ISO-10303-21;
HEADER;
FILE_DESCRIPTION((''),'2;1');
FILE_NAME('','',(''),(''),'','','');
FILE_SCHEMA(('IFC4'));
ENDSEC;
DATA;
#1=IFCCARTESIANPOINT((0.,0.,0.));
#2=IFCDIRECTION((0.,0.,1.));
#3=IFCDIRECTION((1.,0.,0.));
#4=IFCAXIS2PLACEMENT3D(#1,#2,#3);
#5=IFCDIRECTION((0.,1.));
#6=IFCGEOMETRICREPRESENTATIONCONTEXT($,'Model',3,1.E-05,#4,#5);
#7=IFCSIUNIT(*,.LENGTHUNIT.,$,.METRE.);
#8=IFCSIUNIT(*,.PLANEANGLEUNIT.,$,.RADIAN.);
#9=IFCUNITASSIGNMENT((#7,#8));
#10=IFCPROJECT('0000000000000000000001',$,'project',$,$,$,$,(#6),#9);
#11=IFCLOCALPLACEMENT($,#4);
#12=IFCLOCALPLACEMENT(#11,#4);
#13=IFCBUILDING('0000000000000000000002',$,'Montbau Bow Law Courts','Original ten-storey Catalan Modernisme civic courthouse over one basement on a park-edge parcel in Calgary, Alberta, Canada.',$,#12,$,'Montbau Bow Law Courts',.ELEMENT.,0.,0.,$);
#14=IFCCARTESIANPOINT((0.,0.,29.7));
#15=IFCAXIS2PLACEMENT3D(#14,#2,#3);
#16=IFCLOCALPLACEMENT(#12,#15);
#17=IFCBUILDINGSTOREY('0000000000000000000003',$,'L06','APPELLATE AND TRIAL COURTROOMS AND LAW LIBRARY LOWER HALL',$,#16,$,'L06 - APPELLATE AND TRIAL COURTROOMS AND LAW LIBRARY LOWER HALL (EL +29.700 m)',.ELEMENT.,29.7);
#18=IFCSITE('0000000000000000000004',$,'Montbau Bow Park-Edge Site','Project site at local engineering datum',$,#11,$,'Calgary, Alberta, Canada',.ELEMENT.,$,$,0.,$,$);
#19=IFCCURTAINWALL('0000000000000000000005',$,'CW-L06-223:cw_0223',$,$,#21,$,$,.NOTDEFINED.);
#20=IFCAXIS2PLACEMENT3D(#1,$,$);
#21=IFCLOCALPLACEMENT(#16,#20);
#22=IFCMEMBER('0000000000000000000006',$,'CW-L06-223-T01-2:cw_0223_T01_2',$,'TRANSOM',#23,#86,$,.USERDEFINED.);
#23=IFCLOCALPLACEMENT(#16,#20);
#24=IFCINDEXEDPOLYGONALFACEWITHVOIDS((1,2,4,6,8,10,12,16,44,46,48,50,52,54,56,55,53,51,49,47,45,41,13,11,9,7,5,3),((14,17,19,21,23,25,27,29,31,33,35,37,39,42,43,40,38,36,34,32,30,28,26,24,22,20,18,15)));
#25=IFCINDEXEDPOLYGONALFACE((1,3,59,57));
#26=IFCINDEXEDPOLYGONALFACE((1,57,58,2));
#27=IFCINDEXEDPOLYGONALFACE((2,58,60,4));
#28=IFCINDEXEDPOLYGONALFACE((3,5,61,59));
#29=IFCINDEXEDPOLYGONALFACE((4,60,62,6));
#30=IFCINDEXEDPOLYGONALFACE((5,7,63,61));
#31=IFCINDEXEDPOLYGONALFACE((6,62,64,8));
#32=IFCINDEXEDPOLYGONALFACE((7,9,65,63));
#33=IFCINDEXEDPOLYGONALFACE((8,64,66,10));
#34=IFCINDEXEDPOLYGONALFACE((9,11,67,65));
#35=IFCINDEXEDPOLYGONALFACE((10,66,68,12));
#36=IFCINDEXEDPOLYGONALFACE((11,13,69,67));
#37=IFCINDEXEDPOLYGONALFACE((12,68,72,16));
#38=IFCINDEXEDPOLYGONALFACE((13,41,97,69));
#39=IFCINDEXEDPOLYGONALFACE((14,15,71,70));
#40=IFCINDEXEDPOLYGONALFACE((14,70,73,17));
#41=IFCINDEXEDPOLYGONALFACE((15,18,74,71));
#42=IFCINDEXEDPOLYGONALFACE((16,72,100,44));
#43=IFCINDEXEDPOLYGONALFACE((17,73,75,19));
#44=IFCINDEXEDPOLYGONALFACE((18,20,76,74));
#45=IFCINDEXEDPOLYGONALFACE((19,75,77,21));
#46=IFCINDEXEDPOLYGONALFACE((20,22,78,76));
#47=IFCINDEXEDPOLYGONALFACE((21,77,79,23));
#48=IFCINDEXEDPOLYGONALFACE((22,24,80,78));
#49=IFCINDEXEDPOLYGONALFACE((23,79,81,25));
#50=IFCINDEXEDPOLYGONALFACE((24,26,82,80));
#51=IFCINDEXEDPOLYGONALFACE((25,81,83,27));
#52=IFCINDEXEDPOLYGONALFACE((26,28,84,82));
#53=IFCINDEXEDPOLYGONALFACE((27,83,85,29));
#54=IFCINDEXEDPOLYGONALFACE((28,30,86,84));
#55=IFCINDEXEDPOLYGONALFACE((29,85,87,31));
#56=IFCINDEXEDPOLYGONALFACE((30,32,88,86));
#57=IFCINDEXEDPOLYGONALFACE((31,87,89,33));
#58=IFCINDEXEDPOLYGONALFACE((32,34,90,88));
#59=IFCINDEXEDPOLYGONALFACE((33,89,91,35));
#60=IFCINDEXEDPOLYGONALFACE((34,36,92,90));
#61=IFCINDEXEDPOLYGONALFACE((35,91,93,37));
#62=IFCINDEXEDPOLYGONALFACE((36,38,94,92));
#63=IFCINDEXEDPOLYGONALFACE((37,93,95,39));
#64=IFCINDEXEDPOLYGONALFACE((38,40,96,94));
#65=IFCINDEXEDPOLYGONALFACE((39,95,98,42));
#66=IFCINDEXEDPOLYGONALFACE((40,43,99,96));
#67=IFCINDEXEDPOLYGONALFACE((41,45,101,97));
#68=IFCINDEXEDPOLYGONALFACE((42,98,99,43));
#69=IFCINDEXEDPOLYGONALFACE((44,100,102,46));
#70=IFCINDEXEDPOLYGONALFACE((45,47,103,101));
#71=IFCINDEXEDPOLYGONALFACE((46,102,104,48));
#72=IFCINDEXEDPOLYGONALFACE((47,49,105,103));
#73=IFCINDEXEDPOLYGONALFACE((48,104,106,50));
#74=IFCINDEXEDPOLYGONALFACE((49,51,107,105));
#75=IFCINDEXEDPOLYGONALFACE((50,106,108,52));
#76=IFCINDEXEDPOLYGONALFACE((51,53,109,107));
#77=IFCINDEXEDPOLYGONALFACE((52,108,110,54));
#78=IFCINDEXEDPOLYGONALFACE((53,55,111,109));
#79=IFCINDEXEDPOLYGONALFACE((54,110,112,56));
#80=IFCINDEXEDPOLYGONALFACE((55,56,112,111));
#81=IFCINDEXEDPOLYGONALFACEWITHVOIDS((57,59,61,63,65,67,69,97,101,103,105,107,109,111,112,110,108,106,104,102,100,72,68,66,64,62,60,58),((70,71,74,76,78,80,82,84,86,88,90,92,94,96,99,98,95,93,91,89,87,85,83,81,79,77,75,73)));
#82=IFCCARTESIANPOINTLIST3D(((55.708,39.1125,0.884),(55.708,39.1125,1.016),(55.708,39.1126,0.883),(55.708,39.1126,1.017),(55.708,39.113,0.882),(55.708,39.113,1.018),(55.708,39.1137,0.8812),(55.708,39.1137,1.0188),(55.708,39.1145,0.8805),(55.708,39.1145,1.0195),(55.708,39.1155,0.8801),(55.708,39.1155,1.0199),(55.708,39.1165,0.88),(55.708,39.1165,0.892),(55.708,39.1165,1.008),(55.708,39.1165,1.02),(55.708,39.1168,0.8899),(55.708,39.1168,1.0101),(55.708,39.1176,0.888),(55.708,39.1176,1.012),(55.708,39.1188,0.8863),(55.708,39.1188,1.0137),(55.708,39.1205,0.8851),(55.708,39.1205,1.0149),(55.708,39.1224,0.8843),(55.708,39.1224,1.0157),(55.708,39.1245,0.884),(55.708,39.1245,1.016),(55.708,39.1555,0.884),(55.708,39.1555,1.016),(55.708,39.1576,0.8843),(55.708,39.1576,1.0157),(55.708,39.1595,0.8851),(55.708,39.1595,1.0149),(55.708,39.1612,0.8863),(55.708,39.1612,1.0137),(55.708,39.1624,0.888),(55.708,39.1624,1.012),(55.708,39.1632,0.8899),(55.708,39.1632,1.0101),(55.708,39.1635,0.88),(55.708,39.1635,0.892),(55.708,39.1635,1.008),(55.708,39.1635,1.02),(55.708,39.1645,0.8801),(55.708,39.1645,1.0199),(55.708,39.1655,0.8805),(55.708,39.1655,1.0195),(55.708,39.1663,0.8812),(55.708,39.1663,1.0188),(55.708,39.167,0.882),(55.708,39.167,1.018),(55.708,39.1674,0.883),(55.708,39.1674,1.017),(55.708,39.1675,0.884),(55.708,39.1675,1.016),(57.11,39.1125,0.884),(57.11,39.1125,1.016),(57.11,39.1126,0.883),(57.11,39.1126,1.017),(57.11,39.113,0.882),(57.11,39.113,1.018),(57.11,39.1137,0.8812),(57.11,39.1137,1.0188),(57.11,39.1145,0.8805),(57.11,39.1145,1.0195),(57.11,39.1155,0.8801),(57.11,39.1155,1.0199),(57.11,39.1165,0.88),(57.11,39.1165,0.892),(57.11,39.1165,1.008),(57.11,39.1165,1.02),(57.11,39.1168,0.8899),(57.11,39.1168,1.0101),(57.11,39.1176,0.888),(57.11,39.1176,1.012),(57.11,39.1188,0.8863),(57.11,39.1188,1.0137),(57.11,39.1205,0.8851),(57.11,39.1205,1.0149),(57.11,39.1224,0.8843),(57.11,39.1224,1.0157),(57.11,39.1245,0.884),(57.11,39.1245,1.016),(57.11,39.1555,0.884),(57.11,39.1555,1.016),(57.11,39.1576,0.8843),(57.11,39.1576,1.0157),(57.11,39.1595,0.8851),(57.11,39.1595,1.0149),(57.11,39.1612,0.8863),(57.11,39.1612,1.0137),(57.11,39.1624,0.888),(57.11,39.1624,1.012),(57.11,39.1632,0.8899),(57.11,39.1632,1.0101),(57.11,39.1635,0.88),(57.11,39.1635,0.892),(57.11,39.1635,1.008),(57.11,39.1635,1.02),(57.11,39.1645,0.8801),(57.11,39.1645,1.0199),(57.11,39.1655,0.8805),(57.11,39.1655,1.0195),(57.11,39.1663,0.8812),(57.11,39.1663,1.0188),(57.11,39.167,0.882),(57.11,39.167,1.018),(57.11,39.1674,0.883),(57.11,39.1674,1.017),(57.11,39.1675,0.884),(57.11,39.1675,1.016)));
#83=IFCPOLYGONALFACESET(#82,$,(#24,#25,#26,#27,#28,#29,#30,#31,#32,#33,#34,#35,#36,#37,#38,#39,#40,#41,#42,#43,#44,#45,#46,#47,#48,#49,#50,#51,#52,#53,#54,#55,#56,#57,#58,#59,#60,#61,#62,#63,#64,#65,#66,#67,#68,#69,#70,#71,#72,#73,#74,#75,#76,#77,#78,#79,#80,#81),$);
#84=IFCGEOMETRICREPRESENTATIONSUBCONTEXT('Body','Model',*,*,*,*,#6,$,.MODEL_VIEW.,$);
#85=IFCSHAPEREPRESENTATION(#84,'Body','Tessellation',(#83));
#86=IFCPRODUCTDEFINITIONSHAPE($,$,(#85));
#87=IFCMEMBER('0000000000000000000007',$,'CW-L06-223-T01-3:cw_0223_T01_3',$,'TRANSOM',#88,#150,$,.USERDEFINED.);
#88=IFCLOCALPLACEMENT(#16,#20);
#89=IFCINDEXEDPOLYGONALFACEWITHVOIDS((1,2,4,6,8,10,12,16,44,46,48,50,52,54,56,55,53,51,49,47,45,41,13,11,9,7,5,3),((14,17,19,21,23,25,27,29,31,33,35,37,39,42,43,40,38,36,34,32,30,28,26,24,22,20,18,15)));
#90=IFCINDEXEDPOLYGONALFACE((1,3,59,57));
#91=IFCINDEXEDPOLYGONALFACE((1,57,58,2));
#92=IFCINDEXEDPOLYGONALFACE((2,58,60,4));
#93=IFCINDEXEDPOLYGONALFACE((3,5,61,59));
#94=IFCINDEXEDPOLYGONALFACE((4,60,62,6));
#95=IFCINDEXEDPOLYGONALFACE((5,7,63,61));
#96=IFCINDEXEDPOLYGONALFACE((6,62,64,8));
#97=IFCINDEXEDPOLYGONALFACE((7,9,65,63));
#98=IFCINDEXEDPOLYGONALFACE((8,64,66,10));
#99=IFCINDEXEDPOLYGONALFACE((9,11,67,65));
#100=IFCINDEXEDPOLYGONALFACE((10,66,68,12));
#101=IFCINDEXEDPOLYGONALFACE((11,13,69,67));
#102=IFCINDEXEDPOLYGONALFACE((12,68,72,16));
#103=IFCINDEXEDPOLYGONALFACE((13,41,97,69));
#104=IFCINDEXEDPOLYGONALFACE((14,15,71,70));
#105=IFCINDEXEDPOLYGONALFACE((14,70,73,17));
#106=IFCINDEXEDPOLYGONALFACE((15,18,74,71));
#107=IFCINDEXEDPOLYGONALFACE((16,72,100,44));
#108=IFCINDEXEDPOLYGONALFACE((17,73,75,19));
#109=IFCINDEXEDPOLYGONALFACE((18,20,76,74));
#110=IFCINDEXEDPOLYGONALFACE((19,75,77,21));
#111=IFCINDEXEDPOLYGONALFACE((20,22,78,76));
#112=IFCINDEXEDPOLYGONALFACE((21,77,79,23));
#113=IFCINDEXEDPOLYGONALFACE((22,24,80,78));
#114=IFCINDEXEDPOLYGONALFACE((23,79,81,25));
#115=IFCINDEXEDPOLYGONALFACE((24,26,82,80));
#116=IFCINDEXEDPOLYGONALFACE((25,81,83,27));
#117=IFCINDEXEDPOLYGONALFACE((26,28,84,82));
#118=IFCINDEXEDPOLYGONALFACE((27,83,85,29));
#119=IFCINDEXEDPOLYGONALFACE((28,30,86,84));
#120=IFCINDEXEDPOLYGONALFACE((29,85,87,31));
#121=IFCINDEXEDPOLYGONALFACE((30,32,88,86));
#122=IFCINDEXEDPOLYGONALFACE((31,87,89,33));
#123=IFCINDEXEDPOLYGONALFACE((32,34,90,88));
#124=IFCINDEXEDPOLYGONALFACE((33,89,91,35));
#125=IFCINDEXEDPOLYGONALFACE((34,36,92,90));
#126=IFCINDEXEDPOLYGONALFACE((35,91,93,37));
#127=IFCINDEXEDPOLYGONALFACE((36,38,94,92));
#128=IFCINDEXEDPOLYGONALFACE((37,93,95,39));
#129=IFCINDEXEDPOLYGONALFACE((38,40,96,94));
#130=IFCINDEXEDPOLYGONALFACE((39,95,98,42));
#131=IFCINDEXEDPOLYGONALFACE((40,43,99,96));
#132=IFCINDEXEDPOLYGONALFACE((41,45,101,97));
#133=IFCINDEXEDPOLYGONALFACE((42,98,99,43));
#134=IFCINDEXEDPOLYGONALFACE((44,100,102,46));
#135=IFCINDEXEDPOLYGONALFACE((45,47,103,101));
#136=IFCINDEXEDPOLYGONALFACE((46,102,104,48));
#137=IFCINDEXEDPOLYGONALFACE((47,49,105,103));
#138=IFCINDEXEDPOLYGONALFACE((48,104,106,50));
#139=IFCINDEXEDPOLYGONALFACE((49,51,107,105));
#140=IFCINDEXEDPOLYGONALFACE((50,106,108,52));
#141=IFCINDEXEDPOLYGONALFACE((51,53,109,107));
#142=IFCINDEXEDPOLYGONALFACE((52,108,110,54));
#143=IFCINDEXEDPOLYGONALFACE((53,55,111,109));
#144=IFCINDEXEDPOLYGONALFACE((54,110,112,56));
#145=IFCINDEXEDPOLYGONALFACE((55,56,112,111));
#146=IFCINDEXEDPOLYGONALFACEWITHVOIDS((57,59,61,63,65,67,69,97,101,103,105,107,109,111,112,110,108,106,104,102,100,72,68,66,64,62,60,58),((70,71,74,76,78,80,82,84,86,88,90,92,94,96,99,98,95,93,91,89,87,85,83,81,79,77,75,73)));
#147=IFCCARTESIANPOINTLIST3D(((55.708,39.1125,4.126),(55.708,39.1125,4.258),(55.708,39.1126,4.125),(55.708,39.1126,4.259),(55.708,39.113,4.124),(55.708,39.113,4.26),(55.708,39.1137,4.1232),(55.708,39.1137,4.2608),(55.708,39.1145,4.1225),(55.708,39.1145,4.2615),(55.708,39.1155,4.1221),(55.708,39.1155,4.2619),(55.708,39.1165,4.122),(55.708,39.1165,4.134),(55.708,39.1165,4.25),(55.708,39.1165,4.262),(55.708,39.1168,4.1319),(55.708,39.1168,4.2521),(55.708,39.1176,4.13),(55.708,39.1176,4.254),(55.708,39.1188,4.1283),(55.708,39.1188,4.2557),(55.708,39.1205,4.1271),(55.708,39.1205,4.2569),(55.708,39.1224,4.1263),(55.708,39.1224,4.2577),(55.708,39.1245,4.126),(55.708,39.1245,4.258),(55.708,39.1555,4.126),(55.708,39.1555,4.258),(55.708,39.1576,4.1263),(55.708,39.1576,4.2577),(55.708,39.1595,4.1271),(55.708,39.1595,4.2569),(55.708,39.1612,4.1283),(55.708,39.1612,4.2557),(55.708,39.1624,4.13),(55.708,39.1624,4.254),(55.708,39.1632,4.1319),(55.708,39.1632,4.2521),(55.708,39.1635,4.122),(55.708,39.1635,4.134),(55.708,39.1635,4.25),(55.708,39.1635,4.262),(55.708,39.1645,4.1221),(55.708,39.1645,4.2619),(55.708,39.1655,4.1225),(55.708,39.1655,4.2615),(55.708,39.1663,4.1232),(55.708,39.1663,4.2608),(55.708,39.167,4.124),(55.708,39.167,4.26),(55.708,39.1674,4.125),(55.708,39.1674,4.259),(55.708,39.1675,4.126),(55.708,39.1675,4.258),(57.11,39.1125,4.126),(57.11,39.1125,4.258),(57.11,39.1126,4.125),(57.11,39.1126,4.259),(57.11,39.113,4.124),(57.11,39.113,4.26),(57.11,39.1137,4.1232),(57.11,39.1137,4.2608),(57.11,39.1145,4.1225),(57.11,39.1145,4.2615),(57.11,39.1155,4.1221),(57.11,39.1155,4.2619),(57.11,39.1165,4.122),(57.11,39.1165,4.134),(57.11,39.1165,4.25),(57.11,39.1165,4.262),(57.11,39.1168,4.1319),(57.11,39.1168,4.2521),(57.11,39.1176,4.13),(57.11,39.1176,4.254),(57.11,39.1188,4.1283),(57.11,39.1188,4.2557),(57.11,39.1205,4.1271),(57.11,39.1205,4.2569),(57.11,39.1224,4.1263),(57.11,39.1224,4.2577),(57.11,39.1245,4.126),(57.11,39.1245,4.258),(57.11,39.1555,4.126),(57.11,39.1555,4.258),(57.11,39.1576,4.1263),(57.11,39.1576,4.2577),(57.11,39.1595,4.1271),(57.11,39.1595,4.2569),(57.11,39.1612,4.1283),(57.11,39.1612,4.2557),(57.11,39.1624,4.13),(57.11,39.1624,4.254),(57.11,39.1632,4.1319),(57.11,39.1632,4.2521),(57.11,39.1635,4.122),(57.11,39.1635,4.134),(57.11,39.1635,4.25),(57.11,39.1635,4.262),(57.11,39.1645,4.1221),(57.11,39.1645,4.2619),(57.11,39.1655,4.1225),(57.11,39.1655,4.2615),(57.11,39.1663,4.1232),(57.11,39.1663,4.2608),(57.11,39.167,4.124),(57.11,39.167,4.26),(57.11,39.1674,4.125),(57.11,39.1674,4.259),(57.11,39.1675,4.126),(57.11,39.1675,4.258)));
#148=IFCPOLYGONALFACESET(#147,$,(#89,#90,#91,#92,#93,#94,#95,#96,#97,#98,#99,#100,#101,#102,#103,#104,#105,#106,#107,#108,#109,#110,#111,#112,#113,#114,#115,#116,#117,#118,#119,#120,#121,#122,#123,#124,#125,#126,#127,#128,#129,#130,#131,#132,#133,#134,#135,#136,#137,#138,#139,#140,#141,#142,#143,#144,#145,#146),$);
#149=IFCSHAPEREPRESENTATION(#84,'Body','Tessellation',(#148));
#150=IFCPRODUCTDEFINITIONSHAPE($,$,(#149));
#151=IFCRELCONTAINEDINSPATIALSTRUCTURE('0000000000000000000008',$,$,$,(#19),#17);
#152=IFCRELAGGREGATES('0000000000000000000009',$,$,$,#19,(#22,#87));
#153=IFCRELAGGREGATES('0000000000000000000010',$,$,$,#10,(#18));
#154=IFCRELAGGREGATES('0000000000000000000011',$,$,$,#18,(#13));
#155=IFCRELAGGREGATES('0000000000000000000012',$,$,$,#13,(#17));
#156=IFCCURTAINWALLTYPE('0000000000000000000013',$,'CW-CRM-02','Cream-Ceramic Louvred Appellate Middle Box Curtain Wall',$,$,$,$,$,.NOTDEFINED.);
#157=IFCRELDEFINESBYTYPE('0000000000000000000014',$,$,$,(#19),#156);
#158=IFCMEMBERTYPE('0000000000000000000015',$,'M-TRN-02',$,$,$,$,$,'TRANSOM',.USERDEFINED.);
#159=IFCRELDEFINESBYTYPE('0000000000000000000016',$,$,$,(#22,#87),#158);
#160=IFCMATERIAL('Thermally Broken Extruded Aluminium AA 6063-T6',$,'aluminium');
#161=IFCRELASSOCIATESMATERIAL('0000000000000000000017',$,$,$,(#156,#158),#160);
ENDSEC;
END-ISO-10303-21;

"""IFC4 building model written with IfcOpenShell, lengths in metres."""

from ifc_helpers import new_model, si_unit, direction, frame, origin_with_axes, origin_2d_with_axis, place, context, subcontext, project, spatial, hollow_rectangle, extrude, material, material_profile, profile_set, type_object, element, aggregate, save


model = new_model("IFC4")

# Units and contexts
model_context = context("Model", 3, precision=1e-05, world=origin_with_axes(), true_north=direction((0.0, 1.0)))
body_context = subcontext(model_context, "Body", "Model", "MODEL_VIEW")
ifc_project = project(units=[si_unit("LENGTHUNIT", "METRE"), si_unit("PLANEANGLEUNIT", "RADIAN")], contexts=[model_context])

# Site, building, storey
site_placement = place(None, origin_with_axes())
site = spatial("IfcSite", under=ifc_project, at=site_placement, Name="Montbau Bow Park-Edge Site", Description="Project site at local engineering datum", LongName="Calgary, Alberta, Canada", CompositionType="ELEMENT", RefElevation=0.0)
building_placement = place(site_placement, origin_with_axes())
building = spatial("IfcBuilding", under=site, at=building_placement, Name="Montbau Bow Law Courts", Description="Original ten-storey Catalan Modernisme civic courthouse over one basement on a park-edge parcel in Calgary, Alberta, Canada.", LongName="Montbau Bow Law Courts", CompositionType="ELEMENT", ElevationOfRefHeight=0.0, ElevationOfTerrain=0.0)
storey_placement = place(building_placement, frame((0.0, 0.0, 29.7), z_axis=(0.0, 0.0, 1.0), x_axis=(1.0, 0.0, 0.0)))
storey = spatial("IfcBuildingStorey", under=building, at=storey_placement, Name="L06", Description="APPELLATE AND TRIAL COURTROOMS AND LAW LIBRARY LOWER HALL", LongName="L06 - APPELLATE AND TRIAL COURTROOMS AND LAW LIBRARY LOWER HALL (EL +29.700 m)", CompositionType="ELEMENT", Elevation=29.7)

# Curtain wall, members
ifc_material_1 = material(Name="Thermally Broken Extruded Aluminium AA 6063-T6", Category="aluminium")
curtain_wall_type = type_object("IfcCurtainWallType", Name="CW-CRM-02", Description="Cream-Ceramic Louvred Appellate Middle Box Curtain Wall", PredefinedType="NOTDEFINED", material=ifc_material_1)
curtain_wall_placement = place(None, frame((55.64, 39.14, 29.7), z_axis=(0.0, 0.0, 1.0), x_axis=(1.0, 0.0, 0.0)))
curtain_wall = element("IfcCurtainWall", 1, at=curtain_wall_placement, inside=storey, type_object=curtain_wall_type, Name="CW-L06-223:cw_0223", PredefinedType="NOTDEFINED")
ifc_material_profile_1 = material_profile(ifc_material_1, hollow_rectangle(XDim=0.055, YDim=0.14, WallThickness=0.004, InnerFilletRadius=0.008, OuterFilletRadius=0.004, at=origin_2d_with_axis()), Name="CWT-140X55", Category="Main", Priority=0)
ifc_profile_set_1 = profile_set([ifc_material_profile_1], Name="Thermally Broken Extruded Aluminium AA 6063-T6")
member_type_1 = type_object("IfcMemberType", Name="M-TRN-02", ElementType="TRANSOM", PredefinedType="USERDEFINED", material=ifc_profile_set_1)
member_1_placement = place(None, frame((55.708, 39.14, 30.65), z_axis=(1.0, 0.0, 0.0), x_axis=(0.0, 1.0, 0.0)))
member_1 = element("IfcMember", 2, at=member_1_placement, type_object=member_type_1, Name="CW-L06-223-T01-2:cw_0223_T01_2", ObjectType="TRANSOM", PredefinedType="USERDEFINED", context=body_context, shape_type="SweptSolid", body=[
    extrude(hollow_rectangle(XDim=0.055, YDim=0.14, WallThickness=0.004, InnerFilletRadius=0.008, OuterFilletRadius=0.004, at=origin_2d_with_axis()), origin_with_axes(), (0.0, 0.0, 1.0), 1.402),
])
member_2_placement = place(None, frame((55.708, 39.14, 33.892), z_axis=(1.0, 0.0, 0.0), x_axis=(0.0, 1.0, 0.0)))
member_2 = element("IfcMember", 3, at=member_2_placement, type_object=member_type_1, Name="CW-L06-223-T01-3:cw_0223_T01_3", ObjectType="TRANSOM", PredefinedType="USERDEFINED", context=body_context, shape_type="SweptSolid", body=[
    extrude(hollow_rectangle(XDim=0.055, YDim=0.14, WallThickness=0.004, InnerFilletRadius=0.008, OuterFilletRadius=0.004, at=origin_2d_with_axis()), origin_with_axes(), (0.0, 0.0, 1.0), 1.402),
])
aggregate(curtain_wall, [member_1, member_2])

save(model, "model.ifc")
